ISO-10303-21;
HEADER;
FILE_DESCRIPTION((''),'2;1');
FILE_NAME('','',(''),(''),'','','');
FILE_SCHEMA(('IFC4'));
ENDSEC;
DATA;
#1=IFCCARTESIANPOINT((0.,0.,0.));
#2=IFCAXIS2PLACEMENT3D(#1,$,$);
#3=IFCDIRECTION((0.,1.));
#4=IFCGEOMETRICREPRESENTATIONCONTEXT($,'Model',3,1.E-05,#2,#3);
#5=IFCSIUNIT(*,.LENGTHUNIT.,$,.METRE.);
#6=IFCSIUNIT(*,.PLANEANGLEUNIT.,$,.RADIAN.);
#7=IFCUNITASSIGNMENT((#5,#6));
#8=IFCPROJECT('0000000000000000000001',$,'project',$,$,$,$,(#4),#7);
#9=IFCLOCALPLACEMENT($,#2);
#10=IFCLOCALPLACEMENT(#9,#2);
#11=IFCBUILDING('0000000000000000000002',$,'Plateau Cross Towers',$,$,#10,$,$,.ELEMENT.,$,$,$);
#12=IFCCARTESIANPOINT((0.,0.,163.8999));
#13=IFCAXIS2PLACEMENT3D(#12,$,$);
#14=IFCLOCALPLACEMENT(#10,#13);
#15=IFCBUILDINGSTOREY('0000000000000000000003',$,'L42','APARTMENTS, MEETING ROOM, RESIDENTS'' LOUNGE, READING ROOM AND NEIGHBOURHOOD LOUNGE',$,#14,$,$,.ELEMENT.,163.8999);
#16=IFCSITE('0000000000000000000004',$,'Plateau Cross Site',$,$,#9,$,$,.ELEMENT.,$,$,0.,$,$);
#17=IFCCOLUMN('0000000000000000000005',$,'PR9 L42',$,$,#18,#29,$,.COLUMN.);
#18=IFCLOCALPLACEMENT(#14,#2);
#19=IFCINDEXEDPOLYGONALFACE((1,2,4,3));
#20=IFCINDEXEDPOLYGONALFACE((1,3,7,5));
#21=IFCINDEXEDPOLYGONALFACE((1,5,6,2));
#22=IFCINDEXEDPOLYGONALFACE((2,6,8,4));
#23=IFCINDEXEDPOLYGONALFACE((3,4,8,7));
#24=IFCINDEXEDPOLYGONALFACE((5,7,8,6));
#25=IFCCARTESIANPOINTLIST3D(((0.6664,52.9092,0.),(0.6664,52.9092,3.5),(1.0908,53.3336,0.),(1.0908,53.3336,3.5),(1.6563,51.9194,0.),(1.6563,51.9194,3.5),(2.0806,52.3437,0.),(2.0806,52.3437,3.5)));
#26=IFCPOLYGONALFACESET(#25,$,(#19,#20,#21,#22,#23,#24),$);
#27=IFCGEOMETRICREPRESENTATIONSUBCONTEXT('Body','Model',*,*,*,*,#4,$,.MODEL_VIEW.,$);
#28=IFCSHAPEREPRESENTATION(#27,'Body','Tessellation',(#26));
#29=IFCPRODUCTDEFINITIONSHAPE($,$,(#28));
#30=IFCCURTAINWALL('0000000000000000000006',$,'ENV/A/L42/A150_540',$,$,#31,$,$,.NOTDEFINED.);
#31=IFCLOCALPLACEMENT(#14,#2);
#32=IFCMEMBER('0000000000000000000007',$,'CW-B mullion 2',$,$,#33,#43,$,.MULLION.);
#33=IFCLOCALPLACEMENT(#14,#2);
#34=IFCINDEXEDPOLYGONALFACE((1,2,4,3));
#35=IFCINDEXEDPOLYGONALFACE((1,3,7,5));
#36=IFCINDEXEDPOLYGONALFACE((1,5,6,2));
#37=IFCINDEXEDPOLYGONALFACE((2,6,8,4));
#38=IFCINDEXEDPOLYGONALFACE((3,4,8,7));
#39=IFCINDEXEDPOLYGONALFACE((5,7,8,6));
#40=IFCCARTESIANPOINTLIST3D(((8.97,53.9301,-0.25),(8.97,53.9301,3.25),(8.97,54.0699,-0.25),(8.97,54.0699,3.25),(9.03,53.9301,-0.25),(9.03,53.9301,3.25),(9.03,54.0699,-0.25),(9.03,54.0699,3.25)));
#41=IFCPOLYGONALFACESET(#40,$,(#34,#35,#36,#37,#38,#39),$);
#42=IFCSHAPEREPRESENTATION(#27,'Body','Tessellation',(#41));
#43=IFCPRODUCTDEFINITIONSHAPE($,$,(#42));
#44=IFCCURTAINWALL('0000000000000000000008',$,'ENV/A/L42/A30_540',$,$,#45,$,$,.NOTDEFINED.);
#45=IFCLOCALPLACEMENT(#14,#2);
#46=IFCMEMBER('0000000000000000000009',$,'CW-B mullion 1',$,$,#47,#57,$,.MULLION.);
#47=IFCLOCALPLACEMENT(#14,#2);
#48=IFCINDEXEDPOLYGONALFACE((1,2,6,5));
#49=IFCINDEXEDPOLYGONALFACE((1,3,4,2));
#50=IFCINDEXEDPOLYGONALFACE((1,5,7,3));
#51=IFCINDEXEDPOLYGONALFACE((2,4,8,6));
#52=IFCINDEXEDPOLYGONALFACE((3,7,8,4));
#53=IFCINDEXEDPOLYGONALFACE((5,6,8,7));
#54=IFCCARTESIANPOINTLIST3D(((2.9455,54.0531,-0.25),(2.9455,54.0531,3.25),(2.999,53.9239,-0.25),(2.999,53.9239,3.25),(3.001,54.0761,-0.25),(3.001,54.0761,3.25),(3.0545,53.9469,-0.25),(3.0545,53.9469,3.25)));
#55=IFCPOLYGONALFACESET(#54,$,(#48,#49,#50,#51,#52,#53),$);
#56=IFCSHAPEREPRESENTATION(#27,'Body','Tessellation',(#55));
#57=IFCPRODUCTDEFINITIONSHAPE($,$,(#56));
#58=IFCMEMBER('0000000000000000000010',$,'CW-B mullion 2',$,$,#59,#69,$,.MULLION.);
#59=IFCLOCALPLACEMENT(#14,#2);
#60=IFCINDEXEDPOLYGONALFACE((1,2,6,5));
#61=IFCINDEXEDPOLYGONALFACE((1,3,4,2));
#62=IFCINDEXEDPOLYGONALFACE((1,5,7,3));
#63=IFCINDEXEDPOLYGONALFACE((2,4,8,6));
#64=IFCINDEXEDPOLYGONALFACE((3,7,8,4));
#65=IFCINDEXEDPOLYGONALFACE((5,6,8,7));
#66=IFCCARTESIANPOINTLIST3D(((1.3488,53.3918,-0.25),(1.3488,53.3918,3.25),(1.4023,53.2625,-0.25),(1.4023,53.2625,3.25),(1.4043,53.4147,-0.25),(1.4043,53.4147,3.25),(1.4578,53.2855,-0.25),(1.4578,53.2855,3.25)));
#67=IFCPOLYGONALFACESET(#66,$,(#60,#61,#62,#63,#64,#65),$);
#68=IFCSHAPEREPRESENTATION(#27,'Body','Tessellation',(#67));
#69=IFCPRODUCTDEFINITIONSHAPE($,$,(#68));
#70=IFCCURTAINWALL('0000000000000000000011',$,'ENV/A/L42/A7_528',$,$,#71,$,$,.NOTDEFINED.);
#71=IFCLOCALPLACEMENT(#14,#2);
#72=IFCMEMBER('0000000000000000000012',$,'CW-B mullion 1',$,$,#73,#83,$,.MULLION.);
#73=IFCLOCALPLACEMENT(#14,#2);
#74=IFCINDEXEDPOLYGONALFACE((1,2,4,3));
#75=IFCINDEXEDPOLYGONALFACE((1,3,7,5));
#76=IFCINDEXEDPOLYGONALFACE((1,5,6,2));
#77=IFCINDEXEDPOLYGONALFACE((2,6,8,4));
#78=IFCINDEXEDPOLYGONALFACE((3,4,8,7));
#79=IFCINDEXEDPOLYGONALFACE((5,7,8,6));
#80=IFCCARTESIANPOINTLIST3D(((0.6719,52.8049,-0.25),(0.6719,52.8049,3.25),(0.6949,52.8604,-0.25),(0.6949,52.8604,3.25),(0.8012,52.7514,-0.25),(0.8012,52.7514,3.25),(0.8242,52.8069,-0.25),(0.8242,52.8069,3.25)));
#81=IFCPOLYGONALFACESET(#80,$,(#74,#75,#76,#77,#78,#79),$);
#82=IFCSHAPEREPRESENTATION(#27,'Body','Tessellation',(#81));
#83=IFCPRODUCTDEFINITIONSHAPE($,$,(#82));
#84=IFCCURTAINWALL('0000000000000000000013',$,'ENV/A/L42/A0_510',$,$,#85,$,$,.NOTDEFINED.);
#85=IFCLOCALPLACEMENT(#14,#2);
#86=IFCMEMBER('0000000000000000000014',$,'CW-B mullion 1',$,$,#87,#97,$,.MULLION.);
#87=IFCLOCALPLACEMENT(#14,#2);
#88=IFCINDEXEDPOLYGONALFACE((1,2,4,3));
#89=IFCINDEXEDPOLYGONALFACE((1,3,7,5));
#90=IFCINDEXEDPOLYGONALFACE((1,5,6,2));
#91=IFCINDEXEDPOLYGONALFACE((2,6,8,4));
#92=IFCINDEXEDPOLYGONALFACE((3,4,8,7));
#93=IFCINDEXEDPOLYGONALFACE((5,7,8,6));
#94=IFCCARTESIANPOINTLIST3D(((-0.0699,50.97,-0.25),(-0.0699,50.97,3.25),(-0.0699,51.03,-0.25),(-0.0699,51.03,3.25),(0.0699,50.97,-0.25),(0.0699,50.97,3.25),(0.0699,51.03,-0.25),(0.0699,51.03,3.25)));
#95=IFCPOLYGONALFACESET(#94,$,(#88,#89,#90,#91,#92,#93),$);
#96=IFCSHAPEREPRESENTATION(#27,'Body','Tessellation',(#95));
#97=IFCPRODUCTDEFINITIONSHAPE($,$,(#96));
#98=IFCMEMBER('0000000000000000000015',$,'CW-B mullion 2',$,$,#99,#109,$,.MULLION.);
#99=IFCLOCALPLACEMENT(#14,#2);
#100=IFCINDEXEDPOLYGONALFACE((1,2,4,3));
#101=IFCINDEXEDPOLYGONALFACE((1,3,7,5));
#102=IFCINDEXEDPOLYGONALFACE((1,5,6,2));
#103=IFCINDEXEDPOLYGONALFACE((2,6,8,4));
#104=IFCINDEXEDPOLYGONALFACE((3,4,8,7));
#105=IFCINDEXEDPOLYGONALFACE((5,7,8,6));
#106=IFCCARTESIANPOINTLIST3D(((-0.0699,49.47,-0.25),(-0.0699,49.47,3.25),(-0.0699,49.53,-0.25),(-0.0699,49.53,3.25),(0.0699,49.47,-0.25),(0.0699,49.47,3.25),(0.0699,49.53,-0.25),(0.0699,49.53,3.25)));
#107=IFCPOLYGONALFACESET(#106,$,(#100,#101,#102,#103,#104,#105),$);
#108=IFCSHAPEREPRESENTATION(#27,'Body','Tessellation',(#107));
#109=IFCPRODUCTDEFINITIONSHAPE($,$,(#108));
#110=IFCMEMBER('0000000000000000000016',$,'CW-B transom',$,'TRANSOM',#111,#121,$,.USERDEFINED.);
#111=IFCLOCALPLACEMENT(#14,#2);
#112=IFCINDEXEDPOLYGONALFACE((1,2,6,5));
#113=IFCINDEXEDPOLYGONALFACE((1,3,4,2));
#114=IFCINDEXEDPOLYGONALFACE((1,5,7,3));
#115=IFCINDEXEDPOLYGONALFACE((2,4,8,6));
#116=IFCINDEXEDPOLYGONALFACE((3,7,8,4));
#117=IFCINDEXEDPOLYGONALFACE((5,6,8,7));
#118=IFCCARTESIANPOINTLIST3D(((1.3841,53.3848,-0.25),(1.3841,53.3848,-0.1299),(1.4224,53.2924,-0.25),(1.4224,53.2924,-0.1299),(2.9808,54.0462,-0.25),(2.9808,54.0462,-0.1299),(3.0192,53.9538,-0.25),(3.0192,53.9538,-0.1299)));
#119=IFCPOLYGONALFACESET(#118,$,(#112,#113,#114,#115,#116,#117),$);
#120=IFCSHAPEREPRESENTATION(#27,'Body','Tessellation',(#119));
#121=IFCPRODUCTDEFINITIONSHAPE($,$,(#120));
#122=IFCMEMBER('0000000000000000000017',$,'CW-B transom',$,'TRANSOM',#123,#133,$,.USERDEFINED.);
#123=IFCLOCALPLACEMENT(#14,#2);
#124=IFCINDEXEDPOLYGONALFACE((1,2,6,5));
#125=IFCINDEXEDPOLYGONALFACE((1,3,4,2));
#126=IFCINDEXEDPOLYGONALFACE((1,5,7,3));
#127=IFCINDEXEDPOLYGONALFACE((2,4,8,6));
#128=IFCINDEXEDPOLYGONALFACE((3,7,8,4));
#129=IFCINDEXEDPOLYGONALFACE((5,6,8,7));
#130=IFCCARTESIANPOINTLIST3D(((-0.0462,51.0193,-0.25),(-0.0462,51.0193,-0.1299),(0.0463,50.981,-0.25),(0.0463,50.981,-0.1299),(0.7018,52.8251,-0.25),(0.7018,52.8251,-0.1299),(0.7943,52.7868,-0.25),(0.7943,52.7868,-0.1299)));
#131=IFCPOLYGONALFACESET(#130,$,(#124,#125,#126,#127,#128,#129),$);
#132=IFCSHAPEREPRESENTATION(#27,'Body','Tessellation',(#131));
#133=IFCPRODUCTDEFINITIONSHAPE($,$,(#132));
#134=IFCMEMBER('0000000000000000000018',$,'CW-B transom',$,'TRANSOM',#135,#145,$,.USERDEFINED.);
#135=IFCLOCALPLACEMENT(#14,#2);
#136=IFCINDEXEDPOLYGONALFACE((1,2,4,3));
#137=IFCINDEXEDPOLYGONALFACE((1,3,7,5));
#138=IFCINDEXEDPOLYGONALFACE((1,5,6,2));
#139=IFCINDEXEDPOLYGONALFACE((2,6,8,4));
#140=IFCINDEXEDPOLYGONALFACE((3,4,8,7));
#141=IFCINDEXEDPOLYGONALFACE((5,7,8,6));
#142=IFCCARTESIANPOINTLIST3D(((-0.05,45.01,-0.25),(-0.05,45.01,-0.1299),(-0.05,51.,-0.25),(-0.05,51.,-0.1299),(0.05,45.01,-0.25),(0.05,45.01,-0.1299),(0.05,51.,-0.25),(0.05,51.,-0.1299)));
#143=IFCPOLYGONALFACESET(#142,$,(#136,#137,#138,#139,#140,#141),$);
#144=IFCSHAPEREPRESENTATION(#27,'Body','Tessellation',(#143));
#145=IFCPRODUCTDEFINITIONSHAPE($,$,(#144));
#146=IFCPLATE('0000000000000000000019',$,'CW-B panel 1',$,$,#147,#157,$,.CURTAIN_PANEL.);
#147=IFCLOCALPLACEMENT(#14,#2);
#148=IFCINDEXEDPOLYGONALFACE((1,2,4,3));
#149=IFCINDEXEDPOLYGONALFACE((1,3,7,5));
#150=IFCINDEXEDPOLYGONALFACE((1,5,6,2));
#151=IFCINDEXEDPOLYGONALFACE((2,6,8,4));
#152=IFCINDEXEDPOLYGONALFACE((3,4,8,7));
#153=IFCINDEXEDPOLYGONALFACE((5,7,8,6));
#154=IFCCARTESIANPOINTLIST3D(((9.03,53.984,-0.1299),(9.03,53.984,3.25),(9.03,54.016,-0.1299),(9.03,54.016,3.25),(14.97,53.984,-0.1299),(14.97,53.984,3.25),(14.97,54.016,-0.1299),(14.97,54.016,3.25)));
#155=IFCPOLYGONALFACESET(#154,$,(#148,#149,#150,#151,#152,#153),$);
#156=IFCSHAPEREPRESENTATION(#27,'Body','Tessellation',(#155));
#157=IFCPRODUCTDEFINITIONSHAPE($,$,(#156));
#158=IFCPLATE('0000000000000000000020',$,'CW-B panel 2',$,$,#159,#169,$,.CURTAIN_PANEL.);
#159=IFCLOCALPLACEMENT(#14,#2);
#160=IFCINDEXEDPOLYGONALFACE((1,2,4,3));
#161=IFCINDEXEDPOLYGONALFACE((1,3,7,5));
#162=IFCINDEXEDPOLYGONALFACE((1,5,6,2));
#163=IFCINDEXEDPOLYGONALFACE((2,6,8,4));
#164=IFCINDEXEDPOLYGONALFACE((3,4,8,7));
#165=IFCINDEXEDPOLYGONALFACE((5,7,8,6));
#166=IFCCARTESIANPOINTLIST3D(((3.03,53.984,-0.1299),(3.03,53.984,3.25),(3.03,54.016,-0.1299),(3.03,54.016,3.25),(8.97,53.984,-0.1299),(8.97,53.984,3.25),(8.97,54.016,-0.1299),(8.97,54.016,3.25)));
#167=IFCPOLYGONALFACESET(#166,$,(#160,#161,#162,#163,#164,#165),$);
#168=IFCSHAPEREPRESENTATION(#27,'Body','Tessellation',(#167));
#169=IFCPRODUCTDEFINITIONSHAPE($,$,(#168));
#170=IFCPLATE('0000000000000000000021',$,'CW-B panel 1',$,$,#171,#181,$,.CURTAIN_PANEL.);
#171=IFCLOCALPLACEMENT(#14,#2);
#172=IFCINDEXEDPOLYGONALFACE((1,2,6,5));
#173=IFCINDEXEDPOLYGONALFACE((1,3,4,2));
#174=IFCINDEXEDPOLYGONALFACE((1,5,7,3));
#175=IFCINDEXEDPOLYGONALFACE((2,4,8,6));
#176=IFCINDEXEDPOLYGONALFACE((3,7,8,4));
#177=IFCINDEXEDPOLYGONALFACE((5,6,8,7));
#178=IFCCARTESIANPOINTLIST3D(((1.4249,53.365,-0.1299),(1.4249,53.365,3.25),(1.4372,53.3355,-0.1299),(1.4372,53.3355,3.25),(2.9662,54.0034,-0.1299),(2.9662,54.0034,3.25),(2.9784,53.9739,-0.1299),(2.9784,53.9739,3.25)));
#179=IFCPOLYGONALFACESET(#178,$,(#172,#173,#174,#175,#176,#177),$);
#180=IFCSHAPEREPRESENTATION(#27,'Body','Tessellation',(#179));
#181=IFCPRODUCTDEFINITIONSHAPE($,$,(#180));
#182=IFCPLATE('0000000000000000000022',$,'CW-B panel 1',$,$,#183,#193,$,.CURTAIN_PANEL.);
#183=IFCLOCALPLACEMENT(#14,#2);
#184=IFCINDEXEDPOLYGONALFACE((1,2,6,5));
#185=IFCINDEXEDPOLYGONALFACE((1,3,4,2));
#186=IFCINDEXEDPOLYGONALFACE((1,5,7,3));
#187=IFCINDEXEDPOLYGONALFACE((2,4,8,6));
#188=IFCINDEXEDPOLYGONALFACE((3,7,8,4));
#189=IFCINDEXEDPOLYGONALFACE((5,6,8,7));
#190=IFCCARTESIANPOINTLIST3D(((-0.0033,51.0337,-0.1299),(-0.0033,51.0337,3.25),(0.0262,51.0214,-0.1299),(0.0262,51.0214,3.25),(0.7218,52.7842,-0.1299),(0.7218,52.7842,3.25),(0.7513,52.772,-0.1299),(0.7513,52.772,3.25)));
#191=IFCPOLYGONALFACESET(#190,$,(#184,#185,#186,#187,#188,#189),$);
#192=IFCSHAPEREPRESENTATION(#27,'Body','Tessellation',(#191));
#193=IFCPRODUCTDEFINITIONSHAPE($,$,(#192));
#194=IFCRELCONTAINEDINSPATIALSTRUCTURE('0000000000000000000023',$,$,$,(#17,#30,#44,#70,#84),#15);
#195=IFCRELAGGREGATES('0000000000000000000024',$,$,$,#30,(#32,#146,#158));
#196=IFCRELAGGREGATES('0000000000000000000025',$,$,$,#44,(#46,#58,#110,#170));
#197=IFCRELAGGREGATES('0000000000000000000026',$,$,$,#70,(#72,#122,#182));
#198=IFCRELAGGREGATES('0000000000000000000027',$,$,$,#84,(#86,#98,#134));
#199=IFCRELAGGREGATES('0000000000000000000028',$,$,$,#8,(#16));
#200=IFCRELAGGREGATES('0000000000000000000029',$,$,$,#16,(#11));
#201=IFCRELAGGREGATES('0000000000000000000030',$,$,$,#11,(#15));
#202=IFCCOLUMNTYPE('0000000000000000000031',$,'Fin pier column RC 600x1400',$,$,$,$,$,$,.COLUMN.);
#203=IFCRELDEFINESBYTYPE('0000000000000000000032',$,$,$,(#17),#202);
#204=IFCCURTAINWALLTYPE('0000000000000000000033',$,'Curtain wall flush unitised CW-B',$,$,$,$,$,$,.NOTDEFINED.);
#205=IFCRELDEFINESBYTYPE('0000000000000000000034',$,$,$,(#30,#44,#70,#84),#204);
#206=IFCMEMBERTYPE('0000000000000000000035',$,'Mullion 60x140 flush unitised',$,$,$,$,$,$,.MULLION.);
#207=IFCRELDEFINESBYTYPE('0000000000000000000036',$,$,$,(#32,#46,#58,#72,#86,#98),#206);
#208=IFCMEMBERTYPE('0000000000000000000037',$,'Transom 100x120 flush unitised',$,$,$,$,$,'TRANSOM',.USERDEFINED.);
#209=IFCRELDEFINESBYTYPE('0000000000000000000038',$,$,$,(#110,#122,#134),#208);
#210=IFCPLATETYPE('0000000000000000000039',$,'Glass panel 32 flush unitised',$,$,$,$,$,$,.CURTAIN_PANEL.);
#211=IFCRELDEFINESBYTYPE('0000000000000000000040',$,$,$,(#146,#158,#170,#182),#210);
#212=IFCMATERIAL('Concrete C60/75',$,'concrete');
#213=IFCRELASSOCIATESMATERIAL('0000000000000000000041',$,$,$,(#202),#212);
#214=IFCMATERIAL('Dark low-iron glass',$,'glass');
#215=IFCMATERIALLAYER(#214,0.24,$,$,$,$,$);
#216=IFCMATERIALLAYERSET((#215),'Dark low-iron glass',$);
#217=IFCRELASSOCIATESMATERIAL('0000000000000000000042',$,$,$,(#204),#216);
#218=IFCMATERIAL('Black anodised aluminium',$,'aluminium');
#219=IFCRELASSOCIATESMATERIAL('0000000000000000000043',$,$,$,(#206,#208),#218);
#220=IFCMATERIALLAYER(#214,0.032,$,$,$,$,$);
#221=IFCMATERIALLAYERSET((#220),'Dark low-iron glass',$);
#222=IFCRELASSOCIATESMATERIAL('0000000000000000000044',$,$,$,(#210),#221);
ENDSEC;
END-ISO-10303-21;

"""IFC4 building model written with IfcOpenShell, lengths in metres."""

from ifc_helpers import new_model, si_unit, direction, frame, origin, origin_2d, place, context, subcontext, project, spatial, rectangle, extrude, material, layer, layer_set, material_profile, profile_set, type_object, element, aggregate, save


model = new_model("IFC4")

# Units and contexts
model_context = context("Model", 3, precision=1e-05, world=origin(), true_north=direction((0.0, 1.0)))
body_context = subcontext(model_context, "Body", "Model", "MODEL_VIEW")
ifc_project = project(units=[si_unit("LENGTHUNIT", "METRE"), si_unit("PLANEANGLEUNIT", "RADIAN")], contexts=[model_context])

# Site, building, storey
site_placement = place(None, origin())
site = spatial("IfcSite", under=ifc_project, at=site_placement, Name="Plateau Cross Site", CompositionType="ELEMENT", RefElevation=0.0)
building_placement = place(site_placement, origin())
building = spatial("IfcBuilding", under=site, at=building_placement, Name="Plateau Cross Towers", CompositionType="ELEMENT")
storey_placement = place(building_placement, frame((0.0, 0.0, 163.8999)))
storey = spatial("IfcBuildingStorey", under=building, at=storey_placement, Name="L42", Description="APARTMENTS, MEETING ROOM, RESIDENTS' LOUNGE, READING ROOM AND NEIGHBOURHOOD LOUNGE", CompositionType="ELEMENT", Elevation=163.8999)

# Column
ifc_material_1 = material(Name="Concrete C60/75", Category="concrete")
ifc_material_profile_1 = material_profile(ifc_material_1, rectangle(XDim=0.6001, YDim=1.3999, at=origin_2d()), Name="RC 600x1400")
ifc_profile_set_1 = profile_set([ifc_material_profile_1], Name="Concrete C60/75")
column_type = type_object("IfcColumnType", Name="Fin pier column RC 600x1400", PredefinedType="COLUMN", material=ifc_profile_set_1)
column_placement = place(storey_placement, frame((1.3735, 52.6265, 0.0), z_axis=(0.0, 0.0, 1.0), x_axis=(0.707107, 0.707107, 0.0)))
element("IfcColumn", 1, at=column_placement, inside=storey, type_object=column_type, Name="PR9 L42", PredefinedType="COLUMN", context=body_context, shape_type="SweptSolid", body=[
    extrude(rectangle(XDim=0.6001, YDim=1.3999, at=origin_2d()), origin(), (0.0, 0.0, 1.0), 3.5),
])

# Curtain wall, member
ifc_material_2 = material(Name="Dark low-iron glass", Category="glass")
ifc_layer_1 = layer(ifc_material_2, 0.24)
ifc_layer_set_1 = layer_set([ifc_layer_1], Name="Dark low-iron glass")
curtain_wall_type = type_object("IfcCurtainWallType", Name="Curtain wall flush unitised CW-B", PredefinedType="NOTDEFINED", material=ifc_layer_set_1)
curtain_wall_1_placement = place(storey_placement, origin())
curtain_wall_1 = element("IfcCurtainWall", 2, at=curtain_wall_1_placement, inside=storey, type_object=curtain_wall_type, Name="ENV/A/L42/A150_540", PredefinedType="NOTDEFINED")
ifc_material_3 = material(Name="Black anodised aluminium", Category="aluminium")
ifc_material_profile_2 = material_profile(ifc_material_3, rectangle(XDim=0.0601, YDim=0.1399, at=origin_2d()), Name="MULLION 60x140")
ifc_profile_set_2 = profile_set([ifc_material_profile_2], Name="Black anodised aluminium")
member_type_1 = type_object("IfcMemberType", Name="Mullion 60x140 flush unitised", PredefinedType="MULLION", material=ifc_profile_set_2)
member_1_placement = place(storey_placement, frame((9.0, 54.0, -0.25), z_axis=(0.0, 0.0, 1.0), x_axis=(-1.0, 0.0, 0.0)))
member_1 = element("IfcMember", 3, at=member_1_placement, type_object=member_type_1, Name="CW-B mullion 2", PredefinedType="MULLION", context=body_context, shape_type="SweptSolid", body=[
    extrude(rectangle(XDim=0.0601, YDim=0.1399, at=origin_2d()), origin(), (0.0, 0.0, 1.0), 3.5),
])

# Curtain wall, members
curtain_wall_2_placement = place(storey_placement, origin())
curtain_wall_2 = element("IfcCurtainWall", 4, at=curtain_wall_2_placement, inside=storey, type_object=curtain_wall_type, Name="ENV/A/L42/A30_540", PredefinedType="NOTDEFINED")
member_2_placement = place(storey_placement, frame((3.0, 54.0, -0.25), z_axis=(0.0, 0.0, 1.0), x_axis=(-0.923879, -0.382684, 0.0)))
member_2 = element("IfcMember", 5, at=member_2_placement, type_object=member_type_1, Name="CW-B mullion 1", PredefinedType="MULLION", context=body_context, shape_type="SweptSolid", body=[
    extrude(rectangle(XDim=0.0601, YDim=0.1399, at=origin_2d()), origin(), (0.0, 0.0, 1.0), 3.5),
])
member_3_placement = place(storey_placement, frame((1.4033, 53.3386, -0.25), z_axis=(0.0, 0.0, 1.0), x_axis=(-0.923879, -0.382684, 0.0)))
member_3 = element("IfcMember", 6, at=member_3_placement, type_object=member_type_1, Name="CW-B mullion 2", PredefinedType="MULLION", context=body_context, shape_type="SweptSolid", body=[
    extrude(rectangle(XDim=0.0601, YDim=0.1399, at=origin_2d()), origin(), (0.0, 0.0, 1.0), 3.5),
])

# Curtain wall, member
curtain_wall_3_placement = place(storey_placement, origin())
curtain_wall_3 = element("IfcCurtainWall", 7, at=curtain_wall_3_placement, inside=storey, type_object=curtain_wall_type, Name="ENV/A/L42/A7_528", PredefinedType="NOTDEFINED")
member_4_placement = place(storey_placement, frame((0.748, 52.8059, -0.25), z_axis=(0.0, 0.0, 1.0), x_axis=(-0.382684, -0.923879, 0.0)))
member_4 = element("IfcMember", 8, at=member_4_placement, type_object=member_type_1, Name="CW-B mullion 1", PredefinedType="MULLION", context=body_context, shape_type="SweptSolid", body=[
    extrude(rectangle(XDim=0.0601, YDim=0.1399, at=origin_2d()), origin(), (0.0, 0.0, 1.0), 3.5),
])

# Curtain wall, members
curtain_wall_4_placement = place(storey_placement, origin())
curtain_wall_4 = element("IfcCurtainWall", 9, at=curtain_wall_4_placement, inside=storey, type_object=curtain_wall_type, Name="ENV/A/L42/A0_510", PredefinedType="NOTDEFINED")
member_5_placement = place(storey_placement, frame((0.0, 51.0, -0.25), z_axis=(0.0, 0.0, 1.0), x_axis=(0.0, -1.0, 0.0)))
member_5 = element("IfcMember", 10, at=member_5_placement, type_object=member_type_1, Name="CW-B mullion 1", PredefinedType="MULLION", context=body_context, shape_type="SweptSolid", body=[
    extrude(rectangle(XDim=0.0601, YDim=0.1399, at=origin_2d()), origin(), (0.0, 0.0, 1.0), 3.5),
])
member_6_placement = place(storey_placement, frame((0.0, 49.5, -0.25), z_axis=(0.0, 0.0, 1.0), x_axis=(0.0, -1.0, 0.0)))
member_6 = element("IfcMember", 11, at=member_6_placement, type_object=member_type_1, Name="CW-B mullion 2", PredefinedType="MULLION", context=body_context, shape_type="SweptSolid", body=[
    extrude(rectangle(XDim=0.0601, YDim=0.1399, at=origin_2d()), origin(), (0.0, 0.0, 1.0), 3.5),
])

# Members
ifc_material_profile_3 = material_profile(ifc_material_3, rectangle(XDim=0.1001, YDim=0.1201, at=origin_2d()), Name="TRANSOM 100x120")
ifc_profile_set_3 = profile_set([ifc_material_profile_3], Name="Black anodised aluminium")
member_type_2 = type_object("IfcMemberType", Name="Transom 100x120 flush unitised", ElementType="TRANSOM", PredefinedType="USERDEFINED", material=ifc_profile_set_3)
member_7_placement = place(storey_placement, frame((3.0, 54.0, -0.1899), z_axis=(-0.923877, -0.382689, 0.0), x_axis=(0.382689, -0.923877, 0.0)))
member_7 = element("IfcMember", 12, at=member_7_placement, type_object=member_type_2, Name="CW-B transom", ObjectType="TRANSOM", PredefinedType="USERDEFINED", context=body_context, shape_type="SweptSolid", body=[
    extrude(rectangle(XDim=0.1001, YDim=0.1201, at=origin_2d()), origin(), (0.0, 0.0, 1.0), 1.7283),
])
member_8_placement = place(storey_placement, frame((0.748, 52.8059, -0.1899), z_axis=(-0.38269, -0.923877, 0.0), x_axis=(0.923877, -0.38269, 0.0)))
member_8 = element("IfcMember", 13, at=member_8_placement, type_object=member_type_2, Name="CW-B transom", ObjectType="TRANSOM", PredefinedType="USERDEFINED", context=body_context, shape_type="SweptSolid", body=[
    extrude(rectangle(XDim=0.1001, YDim=0.1201, at=origin_2d()), origin(), (0.0, 0.0, 1.0), 1.9546),
])
member_9_placement = place(storey_placement, frame((0.0, 51.0, -0.1899), z_axis=(0.0, -1.0, 0.0), x_axis=(1.0, 0.0, 0.0)))
member_9 = element("IfcMember", 14, at=member_9_placement, type_object=member_type_2, Name="CW-B transom", ObjectType="TRANSOM", PredefinedType="USERDEFINED", context=body_context, shape_type="SweptSolid", body=[
    extrude(rectangle(XDim=0.1001, YDim=0.1201, at=origin_2d()), origin(), (0.0, 0.0, 1.0), 5.99),
])

# Plates
ifc_layer_2 = layer(ifc_material_2, 0.032)
ifc_layer_set_2 = layer_set([ifc_layer_2], Name="Dark low-iron glass")
plate_type = type_object("IfcPlateType", Name="Glass panel 32 flush unitised", PredefinedType="CURTAIN_PANEL", material=ifc_layer_set_2)
plate_1_placement = place(storey_placement, frame((12.0, 54.0, -0.1299), z_axis=(0.0, 0.0, 1.0), x_axis=(-1.0, 0.0, 0.0)))
plate_1 = element("IfcPlate", 15, at=plate_1_placement, type_object=plate_type, Name="CW-B panel 1", PredefinedType="CURTAIN_PANEL", context=body_context, shape_type="SweptSolid", body=[
    extrude(rectangle(XDim=5.9399, YDim=0.032, at=origin_2d()), origin(), (0.0, 0.0, 1.0), 3.3799),
])
plate_2_placement = place(storey_placement, frame((6.0, 54.0, -0.1299), z_axis=(0.0, 0.0, 1.0), x_axis=(-1.0, 0.0, 0.0)))
plate_2 = element("IfcPlate", 16, at=plate_2_placement, type_object=plate_type, Name="CW-B panel 2", PredefinedType="CURTAIN_PANEL", context=body_context, shape_type="SweptSolid", body=[
    extrude(rectangle(XDim=5.9399, YDim=0.032, at=origin_2d()), origin(), (0.0, 0.0, 1.0), 3.3799),
])
aggregate(curtain_wall_1, [member_1, plate_1, plate_2])
plate_3_placement = place(storey_placement, frame((2.2017, 53.6694, -0.1299), z_axis=(0.0, 0.0, 1.0), x_axis=(-0.923879, -0.382684, 0.0)))
plate_3 = element("IfcPlate", 17, at=plate_3_placement, type_object=plate_type, Name="CW-B panel 1", PredefinedType="CURTAIN_PANEL", context=body_context, shape_type="SweptSolid", body=[
    extrude(rectangle(XDim=1.6682, YDim=0.032, at=origin_2d()), origin(), (0.0, 0.0, 1.0), 3.3799),
])
aggregate(curtain_wall_2, [member_2, member_3, member_7, plate_3])
plate_4_placement = place(storey_placement, frame((0.374, 51.9028, -0.1299), z_axis=(0.0, 0.0, 1.0), x_axis=(-0.382684, -0.923879, 0.0)))
plate_4 = element("IfcPlate", 18, at=plate_4_placement, type_object=plate_type, Name="CW-B panel 1", PredefinedType="CURTAIN_PANEL", context=body_context, shape_type="SweptSolid", body=[
    extrude(rectangle(XDim=1.8948, YDim=0.032, at=origin_2d()), origin(), (0.0, 0.0, 1.0), 3.3799),
])
aggregate(curtain_wall_3, [member_4, member_8, plate_4])
aggregate(curtain_wall_4, [member_5, member_6, member_9])

save(model, "model.ifc")
